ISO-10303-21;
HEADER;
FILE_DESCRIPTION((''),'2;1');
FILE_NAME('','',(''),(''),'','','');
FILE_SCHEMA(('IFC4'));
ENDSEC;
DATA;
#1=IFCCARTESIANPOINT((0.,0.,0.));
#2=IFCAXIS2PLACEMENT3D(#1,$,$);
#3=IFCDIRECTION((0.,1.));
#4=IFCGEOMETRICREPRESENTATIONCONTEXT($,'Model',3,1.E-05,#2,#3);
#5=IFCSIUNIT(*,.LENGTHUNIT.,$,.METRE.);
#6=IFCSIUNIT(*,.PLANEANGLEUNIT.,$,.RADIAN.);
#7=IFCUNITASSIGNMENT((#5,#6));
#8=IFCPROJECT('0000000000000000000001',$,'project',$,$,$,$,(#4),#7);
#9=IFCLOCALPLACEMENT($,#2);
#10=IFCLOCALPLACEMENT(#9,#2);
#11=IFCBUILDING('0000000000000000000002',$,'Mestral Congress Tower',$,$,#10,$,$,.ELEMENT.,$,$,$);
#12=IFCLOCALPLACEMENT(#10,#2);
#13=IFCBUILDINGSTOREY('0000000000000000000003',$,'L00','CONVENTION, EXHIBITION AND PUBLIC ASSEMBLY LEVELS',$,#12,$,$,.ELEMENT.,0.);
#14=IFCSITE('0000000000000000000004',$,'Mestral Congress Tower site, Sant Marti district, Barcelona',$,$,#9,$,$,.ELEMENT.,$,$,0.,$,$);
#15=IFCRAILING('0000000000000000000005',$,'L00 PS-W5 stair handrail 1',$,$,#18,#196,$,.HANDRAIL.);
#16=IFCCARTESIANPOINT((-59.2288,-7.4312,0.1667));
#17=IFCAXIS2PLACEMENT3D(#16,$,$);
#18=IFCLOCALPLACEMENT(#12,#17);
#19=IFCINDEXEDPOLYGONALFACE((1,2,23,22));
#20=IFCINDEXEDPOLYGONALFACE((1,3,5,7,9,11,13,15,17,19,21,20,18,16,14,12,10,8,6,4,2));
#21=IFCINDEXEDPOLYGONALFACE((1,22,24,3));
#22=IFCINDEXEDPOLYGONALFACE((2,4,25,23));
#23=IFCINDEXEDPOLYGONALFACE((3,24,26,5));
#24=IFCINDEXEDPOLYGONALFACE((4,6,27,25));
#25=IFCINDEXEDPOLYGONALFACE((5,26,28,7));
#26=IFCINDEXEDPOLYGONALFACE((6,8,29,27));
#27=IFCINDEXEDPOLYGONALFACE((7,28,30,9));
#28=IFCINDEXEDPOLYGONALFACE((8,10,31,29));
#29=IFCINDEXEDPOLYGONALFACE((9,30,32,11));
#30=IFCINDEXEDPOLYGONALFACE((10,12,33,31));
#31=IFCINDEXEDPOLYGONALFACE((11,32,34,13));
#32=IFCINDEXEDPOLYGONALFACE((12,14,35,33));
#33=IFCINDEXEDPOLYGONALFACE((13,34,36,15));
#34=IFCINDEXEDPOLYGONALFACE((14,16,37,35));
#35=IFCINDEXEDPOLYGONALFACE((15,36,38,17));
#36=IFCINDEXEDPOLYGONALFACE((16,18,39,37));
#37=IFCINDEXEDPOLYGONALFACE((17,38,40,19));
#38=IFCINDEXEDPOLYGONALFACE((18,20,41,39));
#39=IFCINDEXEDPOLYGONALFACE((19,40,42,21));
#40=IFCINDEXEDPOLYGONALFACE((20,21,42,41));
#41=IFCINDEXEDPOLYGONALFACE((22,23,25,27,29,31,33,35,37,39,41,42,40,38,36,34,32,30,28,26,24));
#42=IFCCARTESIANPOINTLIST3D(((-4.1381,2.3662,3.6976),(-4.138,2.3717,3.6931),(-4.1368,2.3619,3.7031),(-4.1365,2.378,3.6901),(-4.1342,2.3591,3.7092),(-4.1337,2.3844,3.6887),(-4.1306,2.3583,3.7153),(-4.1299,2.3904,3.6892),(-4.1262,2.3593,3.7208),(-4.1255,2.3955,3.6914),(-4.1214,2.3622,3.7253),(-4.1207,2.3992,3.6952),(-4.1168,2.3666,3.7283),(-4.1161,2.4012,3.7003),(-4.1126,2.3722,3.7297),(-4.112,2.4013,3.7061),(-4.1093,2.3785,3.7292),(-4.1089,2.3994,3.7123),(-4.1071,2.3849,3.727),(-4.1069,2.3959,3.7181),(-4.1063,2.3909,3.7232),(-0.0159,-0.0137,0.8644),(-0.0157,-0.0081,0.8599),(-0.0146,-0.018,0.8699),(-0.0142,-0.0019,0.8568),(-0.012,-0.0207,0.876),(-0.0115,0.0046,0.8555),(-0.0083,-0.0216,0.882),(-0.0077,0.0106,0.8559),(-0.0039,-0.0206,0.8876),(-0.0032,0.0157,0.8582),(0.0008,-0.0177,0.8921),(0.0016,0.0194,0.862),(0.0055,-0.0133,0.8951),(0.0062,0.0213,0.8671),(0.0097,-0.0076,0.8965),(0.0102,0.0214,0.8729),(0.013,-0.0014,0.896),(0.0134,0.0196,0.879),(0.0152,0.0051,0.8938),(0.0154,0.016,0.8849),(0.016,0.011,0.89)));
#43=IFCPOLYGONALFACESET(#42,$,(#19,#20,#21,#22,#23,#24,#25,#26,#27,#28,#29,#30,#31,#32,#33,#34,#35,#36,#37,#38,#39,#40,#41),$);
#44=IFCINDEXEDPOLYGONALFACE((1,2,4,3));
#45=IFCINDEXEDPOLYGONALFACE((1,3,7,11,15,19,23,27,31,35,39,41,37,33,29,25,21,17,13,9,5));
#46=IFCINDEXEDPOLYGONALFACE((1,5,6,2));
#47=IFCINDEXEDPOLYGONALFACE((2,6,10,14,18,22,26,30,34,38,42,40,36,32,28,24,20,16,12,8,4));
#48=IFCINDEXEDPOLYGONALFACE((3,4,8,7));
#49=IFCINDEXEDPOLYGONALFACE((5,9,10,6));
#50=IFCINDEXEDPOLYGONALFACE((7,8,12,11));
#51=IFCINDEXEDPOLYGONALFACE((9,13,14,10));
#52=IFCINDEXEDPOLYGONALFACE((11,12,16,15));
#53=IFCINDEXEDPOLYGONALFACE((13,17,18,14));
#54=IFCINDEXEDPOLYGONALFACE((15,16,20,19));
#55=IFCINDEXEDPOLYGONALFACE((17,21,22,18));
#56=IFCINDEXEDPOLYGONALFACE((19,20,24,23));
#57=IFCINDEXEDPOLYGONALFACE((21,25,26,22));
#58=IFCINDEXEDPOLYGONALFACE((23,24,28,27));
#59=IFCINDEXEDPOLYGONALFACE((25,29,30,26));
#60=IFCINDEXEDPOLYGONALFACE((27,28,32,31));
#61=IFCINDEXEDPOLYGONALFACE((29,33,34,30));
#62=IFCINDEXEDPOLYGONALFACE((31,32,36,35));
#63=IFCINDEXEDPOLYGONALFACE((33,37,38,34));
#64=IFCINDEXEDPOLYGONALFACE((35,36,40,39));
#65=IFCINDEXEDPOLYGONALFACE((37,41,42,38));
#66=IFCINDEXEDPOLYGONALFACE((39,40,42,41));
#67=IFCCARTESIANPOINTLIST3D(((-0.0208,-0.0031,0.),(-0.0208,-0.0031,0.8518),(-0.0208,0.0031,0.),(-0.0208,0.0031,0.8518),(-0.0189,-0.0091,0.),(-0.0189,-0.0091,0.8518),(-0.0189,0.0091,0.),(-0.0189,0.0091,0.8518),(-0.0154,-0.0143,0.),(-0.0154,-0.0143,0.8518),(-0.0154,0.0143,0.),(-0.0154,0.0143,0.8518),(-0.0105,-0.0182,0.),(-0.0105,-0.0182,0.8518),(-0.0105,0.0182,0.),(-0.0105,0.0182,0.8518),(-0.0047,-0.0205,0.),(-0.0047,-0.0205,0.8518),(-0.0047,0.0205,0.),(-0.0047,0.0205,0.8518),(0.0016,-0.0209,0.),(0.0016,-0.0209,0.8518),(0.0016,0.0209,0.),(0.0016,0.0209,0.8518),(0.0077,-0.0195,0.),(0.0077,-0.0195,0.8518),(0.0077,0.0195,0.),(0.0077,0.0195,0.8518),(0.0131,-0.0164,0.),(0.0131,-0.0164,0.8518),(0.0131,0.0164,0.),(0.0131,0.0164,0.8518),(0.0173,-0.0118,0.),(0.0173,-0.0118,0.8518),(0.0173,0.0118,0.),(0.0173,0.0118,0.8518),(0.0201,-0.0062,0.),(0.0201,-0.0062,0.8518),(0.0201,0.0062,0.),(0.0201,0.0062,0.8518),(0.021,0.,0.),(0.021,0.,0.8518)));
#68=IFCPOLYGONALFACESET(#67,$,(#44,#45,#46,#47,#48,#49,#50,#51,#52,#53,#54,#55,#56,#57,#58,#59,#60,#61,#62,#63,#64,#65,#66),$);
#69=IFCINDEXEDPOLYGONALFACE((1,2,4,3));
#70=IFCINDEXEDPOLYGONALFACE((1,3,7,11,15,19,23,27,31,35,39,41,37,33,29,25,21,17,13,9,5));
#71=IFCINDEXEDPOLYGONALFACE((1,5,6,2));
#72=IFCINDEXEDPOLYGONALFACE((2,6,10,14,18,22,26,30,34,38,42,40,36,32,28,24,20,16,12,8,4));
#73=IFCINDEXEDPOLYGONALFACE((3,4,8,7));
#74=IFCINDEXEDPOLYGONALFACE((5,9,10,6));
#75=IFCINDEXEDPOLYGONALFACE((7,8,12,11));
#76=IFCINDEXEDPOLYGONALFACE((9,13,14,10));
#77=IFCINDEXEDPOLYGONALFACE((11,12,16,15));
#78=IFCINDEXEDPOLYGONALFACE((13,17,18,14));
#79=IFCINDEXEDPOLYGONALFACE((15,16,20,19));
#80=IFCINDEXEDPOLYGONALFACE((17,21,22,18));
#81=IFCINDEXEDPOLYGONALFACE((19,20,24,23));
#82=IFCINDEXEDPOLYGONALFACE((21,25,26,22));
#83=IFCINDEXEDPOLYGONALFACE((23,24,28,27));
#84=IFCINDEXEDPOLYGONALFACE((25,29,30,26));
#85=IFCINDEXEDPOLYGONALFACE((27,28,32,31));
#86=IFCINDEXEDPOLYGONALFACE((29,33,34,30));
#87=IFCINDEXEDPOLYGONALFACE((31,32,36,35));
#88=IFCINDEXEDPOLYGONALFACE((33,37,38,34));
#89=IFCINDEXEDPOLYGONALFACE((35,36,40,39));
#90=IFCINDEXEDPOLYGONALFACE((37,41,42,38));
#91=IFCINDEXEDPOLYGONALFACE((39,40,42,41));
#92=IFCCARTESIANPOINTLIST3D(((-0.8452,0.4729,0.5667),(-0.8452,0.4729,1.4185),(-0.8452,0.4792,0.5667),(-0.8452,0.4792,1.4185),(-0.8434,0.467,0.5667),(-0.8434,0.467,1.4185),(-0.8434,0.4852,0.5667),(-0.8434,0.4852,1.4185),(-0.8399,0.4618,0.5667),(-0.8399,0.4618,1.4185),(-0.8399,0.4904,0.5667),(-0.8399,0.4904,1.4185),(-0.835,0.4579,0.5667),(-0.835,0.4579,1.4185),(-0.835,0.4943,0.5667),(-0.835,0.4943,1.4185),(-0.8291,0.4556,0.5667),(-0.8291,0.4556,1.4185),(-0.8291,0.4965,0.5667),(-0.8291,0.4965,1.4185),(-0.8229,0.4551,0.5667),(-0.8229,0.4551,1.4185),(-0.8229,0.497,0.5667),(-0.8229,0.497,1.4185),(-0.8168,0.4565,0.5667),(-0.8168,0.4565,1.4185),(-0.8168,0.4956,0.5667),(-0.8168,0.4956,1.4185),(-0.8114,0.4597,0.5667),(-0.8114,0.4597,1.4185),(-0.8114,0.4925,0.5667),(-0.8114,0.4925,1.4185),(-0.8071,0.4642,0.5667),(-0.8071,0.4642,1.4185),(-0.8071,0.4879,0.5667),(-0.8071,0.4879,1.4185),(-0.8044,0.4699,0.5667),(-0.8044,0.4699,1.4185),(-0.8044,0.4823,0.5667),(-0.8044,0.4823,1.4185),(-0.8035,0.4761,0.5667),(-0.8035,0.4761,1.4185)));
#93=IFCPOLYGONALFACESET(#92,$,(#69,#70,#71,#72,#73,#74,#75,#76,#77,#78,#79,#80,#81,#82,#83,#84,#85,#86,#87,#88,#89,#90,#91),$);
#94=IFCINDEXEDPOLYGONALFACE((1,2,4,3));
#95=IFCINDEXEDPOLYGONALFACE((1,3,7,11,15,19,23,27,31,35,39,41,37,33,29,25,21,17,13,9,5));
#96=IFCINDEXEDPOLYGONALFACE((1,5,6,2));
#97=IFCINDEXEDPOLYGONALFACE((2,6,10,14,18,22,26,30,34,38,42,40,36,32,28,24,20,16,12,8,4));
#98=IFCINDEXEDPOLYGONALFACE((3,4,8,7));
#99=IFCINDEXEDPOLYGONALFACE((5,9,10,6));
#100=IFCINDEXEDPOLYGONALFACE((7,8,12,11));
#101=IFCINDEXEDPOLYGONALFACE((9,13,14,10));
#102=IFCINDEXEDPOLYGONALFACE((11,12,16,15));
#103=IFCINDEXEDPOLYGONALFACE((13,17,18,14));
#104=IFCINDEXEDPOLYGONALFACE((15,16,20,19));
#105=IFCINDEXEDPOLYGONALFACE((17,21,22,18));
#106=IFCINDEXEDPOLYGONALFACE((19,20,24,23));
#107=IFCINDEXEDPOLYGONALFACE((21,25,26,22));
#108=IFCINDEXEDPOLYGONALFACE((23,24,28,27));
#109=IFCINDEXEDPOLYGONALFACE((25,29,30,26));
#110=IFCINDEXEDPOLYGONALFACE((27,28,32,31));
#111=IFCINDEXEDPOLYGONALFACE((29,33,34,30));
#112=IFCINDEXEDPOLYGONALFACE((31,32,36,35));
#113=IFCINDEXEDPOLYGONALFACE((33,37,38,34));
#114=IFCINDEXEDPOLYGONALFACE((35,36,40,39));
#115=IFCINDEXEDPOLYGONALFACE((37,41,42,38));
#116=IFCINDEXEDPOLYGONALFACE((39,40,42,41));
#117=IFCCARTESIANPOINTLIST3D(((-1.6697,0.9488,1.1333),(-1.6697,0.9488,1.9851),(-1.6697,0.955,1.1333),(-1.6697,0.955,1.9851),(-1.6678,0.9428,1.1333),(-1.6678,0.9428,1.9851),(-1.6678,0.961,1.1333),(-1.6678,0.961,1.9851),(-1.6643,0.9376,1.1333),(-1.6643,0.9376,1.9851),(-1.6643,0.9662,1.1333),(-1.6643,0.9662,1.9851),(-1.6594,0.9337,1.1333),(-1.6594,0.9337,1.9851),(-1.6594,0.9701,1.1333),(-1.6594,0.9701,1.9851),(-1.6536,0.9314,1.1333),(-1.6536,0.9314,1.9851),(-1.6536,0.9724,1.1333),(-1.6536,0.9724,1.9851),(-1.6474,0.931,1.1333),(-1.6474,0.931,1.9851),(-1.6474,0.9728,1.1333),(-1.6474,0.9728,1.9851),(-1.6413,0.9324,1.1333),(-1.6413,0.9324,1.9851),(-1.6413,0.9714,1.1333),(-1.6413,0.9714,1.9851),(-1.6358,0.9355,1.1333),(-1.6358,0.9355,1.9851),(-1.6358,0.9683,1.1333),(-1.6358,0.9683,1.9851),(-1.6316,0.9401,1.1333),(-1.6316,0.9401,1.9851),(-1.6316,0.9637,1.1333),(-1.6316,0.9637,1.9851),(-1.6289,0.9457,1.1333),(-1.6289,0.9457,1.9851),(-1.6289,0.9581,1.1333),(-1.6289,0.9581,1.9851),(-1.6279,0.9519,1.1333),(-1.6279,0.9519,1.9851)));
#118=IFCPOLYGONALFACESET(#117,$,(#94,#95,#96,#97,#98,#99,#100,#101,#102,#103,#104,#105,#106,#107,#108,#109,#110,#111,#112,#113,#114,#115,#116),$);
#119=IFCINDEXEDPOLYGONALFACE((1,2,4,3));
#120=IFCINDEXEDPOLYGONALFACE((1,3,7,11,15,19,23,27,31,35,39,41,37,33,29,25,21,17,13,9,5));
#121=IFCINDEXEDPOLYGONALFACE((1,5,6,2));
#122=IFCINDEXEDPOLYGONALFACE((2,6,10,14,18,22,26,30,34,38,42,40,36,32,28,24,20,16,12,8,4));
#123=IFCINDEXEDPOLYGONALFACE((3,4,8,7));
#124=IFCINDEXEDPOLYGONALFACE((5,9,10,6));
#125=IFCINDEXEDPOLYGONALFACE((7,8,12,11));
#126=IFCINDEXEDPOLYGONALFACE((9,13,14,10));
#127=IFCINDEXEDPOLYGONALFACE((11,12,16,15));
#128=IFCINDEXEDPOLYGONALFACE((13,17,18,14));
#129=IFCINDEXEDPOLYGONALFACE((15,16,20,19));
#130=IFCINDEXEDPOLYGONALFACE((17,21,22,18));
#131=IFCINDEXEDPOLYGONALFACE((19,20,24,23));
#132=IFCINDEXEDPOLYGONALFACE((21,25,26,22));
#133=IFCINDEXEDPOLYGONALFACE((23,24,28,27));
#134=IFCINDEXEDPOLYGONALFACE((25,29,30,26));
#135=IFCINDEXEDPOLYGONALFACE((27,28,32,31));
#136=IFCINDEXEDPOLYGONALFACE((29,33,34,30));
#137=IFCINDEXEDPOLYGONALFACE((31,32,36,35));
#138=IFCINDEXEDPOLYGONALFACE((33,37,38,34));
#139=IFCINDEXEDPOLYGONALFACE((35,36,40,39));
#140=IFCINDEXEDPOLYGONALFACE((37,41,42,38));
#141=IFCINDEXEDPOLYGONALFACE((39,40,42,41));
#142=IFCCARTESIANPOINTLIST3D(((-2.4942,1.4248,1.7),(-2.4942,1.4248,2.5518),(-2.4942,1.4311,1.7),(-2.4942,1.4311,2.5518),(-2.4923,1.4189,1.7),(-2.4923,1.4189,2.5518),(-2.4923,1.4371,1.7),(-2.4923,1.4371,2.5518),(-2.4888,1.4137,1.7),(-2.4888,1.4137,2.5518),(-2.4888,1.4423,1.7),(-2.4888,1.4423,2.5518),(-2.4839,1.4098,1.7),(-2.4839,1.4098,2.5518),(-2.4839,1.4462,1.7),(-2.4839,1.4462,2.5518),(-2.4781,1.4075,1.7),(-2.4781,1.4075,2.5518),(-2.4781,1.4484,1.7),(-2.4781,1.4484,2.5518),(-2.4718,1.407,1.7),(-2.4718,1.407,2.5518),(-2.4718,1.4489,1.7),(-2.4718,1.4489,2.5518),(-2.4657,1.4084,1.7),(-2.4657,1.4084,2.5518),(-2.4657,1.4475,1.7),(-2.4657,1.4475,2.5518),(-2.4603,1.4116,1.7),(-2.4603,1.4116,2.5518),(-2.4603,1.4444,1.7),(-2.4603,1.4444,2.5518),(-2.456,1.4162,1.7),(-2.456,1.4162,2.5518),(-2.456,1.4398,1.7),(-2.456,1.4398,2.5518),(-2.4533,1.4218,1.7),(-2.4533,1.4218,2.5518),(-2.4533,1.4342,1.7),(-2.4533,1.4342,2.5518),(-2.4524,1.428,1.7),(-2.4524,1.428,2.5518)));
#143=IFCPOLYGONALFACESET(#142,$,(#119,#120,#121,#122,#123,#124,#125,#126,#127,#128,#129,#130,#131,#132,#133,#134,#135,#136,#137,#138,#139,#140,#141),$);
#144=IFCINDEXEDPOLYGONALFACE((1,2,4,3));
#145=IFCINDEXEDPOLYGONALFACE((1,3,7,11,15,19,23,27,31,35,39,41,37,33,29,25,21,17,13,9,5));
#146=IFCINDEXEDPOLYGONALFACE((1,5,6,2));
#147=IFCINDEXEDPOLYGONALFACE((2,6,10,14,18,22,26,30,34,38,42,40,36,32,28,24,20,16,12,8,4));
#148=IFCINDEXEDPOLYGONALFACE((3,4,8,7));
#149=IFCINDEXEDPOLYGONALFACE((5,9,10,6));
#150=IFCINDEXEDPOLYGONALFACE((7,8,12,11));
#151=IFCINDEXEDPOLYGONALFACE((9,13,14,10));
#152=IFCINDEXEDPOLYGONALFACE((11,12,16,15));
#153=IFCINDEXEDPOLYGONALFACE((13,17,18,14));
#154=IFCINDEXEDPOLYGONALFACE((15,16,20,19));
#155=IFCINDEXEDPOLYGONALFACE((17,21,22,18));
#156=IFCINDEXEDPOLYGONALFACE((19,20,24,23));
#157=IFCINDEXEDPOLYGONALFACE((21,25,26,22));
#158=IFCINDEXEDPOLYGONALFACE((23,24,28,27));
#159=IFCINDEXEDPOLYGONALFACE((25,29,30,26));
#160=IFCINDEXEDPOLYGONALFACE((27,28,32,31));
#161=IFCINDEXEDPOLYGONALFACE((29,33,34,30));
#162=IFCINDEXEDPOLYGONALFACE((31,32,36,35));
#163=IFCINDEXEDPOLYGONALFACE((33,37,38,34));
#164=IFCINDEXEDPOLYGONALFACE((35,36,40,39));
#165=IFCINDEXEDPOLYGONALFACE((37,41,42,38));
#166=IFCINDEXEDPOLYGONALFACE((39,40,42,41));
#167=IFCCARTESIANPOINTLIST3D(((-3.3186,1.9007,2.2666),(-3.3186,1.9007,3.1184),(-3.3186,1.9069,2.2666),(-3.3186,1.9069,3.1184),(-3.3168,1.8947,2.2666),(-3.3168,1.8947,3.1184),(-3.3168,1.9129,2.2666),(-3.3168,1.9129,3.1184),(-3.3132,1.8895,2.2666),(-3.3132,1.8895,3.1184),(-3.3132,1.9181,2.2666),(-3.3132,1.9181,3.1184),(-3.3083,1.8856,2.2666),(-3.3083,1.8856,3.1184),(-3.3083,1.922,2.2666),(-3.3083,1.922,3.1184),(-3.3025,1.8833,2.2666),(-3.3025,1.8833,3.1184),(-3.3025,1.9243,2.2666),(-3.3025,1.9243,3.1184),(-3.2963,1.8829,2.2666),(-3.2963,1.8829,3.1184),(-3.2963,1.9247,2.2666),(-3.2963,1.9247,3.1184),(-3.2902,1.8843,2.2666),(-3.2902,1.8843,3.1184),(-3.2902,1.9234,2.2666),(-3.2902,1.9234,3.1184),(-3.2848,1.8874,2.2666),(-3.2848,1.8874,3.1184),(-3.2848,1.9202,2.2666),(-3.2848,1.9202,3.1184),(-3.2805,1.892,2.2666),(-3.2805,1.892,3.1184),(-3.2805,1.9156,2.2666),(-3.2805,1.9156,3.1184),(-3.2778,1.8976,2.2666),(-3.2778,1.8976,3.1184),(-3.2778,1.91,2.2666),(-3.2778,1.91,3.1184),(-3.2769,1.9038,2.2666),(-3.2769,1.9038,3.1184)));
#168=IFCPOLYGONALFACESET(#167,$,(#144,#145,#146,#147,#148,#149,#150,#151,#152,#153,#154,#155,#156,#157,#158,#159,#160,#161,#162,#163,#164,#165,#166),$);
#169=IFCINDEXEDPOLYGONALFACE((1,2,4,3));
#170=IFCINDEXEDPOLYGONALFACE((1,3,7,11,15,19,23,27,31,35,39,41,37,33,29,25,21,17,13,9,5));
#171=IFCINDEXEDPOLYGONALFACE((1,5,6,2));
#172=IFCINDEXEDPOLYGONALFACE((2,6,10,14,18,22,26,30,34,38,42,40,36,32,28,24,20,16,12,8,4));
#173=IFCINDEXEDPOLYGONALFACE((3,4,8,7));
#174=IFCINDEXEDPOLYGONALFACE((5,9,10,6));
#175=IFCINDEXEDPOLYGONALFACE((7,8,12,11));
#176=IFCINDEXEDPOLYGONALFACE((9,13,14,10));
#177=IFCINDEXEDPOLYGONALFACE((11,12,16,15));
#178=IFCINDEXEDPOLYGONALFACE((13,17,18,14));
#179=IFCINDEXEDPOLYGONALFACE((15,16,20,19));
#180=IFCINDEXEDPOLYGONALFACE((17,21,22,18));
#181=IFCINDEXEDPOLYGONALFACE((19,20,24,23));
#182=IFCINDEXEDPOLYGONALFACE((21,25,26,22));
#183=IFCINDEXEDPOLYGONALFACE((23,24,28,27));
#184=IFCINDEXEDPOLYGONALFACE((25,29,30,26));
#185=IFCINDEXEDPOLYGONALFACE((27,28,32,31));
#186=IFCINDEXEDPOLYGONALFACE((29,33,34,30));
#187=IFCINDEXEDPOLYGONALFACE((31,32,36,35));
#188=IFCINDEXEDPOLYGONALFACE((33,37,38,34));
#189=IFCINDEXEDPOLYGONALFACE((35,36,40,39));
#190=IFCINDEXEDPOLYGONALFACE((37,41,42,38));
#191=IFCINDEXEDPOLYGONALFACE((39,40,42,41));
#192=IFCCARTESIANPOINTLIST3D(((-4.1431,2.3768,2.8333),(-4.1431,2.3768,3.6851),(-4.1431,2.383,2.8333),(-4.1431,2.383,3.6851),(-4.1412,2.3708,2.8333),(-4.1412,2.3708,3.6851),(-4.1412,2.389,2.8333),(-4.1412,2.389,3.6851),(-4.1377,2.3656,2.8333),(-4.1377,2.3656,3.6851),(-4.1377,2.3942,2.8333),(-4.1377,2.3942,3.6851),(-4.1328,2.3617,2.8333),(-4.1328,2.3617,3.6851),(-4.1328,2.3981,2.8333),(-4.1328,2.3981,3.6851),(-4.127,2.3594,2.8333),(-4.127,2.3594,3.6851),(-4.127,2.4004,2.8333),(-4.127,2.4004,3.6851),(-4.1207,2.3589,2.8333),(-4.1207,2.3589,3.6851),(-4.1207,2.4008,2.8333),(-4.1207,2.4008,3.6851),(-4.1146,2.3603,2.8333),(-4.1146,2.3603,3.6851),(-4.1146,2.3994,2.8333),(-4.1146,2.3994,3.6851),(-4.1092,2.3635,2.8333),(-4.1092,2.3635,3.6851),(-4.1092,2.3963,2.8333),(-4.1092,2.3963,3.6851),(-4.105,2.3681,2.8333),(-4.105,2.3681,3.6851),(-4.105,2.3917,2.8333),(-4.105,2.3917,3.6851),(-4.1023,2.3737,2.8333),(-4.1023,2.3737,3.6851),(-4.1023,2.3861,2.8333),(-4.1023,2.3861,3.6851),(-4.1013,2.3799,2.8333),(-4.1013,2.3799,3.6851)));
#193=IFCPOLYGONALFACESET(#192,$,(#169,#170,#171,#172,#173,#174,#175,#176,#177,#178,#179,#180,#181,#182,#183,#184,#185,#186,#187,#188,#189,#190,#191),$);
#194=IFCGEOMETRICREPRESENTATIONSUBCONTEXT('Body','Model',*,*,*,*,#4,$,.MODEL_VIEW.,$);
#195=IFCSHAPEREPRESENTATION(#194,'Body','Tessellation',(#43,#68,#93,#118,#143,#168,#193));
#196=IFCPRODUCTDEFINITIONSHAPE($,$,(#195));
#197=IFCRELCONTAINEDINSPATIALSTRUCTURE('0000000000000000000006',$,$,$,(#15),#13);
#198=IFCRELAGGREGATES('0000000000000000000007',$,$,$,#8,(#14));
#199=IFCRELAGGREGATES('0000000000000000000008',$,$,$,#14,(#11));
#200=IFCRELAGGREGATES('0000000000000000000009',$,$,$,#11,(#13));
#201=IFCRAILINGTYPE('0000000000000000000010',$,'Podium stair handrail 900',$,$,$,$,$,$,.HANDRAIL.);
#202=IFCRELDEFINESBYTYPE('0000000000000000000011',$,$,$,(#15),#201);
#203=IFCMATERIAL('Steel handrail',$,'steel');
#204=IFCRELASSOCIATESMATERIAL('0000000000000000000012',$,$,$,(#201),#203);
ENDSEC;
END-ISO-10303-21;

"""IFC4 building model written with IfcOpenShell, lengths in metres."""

from ifc_helpers import new_model, si_unit, direction, frame, origin, origin_2d, place, context, subcontext, project, spatial, circle, extrude, material, type_object, element, save


model = new_model("IFC4")

# Units and contexts
model_context = context("Model", 3, precision=1e-05, world=origin(), true_north=direction((0.0, 1.0)))
body_context = subcontext(model_context, "Body", "Model", "MODEL_VIEW")
ifc_project = project(units=[si_unit("LENGTHUNIT", "METRE"), si_unit("PLANEANGLEUNIT", "RADIAN")], contexts=[model_context])

# Site, building, storey
site_placement = place(None, origin())
site = spatial("IfcSite", under=ifc_project, at=site_placement, Name="Mestral Congress Tower site, Sant Marti district, Barcelona", CompositionType="ELEMENT", RefElevation=0.0)
building_placement = place(site_placement, origin())
building = spatial("IfcBuilding", under=site, at=building_placement, Name="Mestral Congress Tower", CompositionType="ELEMENT")
storey_placement = place(building_placement, origin())
storey = spatial("IfcBuildingStorey", under=building, at=storey_placement, Name="L00", Description="CONVENTION, EXHIBITION AND PUBLIC ASSEMBLY LEVELS", CompositionType="ELEMENT", Elevation=0.0)

# Railing
ifc_material_1 = material(Name="Steel handrail", Category="steel")
railing_type_1 = type_object("IfcRailingType", Name="Podium stair handrail 900", PredefinedType="HANDRAIL", material=ifc_material_1)
railing_1_placement = place(storey_placement, frame((-59.2288, -7.4312, 0.1667)))
element("IfcRailing", 1, at=railing_1_placement, inside=storey, type_object=railing_type_1, Name="L00 PS-W5 stair handrail 1", PredefinedType="HANDRAIL", context=body_context, shape_type="SweptSolid", body=[
    extrude(circle(Radius=0.0239, at=origin_2d()), frame((0.0, 0.0, 0.876), z_axis=(-0.744185, 0.42963, 0.511475), x_axis=(-0.499978, -0.866038, 0.0)), (0.0, 0.0, 1.0), 5.5393),
    extrude(circle(Radius=0.021, at=origin_2d()), origin(), (0.0, 0.0, 1.0), 0.8518),
    extrude(circle(Radius=0.021, at=origin_2d()), frame((-0.8245, 0.4761, 0.5667)), (0.0, 0.0, 1.0), 0.8518),
    extrude(circle(Radius=0.021, at=origin_2d()), frame((-1.6489, 0.9519, 1.1333)), (0.0, 0.0, 1.0), 0.8518),
    extrude(circle(Radius=0.021, at=origin_2d()), frame((-2.4734, 1.428, 1.7)), (0.0, 0.0, 1.0), 0.8518),
    extrude(circle(Radius=0.021, at=origin_2d()), frame((-3.2979, 1.9038, 2.2666)), (0.0, 0.0, 1.0), 0.8518),
    extrude(circle(Radius=0.021, at=origin_2d()), frame((-4.1223, 2.3799, 2.8333)), (0.0, 0.0, 1.0), 0.8518),
])

save(model, "model.ifc")
